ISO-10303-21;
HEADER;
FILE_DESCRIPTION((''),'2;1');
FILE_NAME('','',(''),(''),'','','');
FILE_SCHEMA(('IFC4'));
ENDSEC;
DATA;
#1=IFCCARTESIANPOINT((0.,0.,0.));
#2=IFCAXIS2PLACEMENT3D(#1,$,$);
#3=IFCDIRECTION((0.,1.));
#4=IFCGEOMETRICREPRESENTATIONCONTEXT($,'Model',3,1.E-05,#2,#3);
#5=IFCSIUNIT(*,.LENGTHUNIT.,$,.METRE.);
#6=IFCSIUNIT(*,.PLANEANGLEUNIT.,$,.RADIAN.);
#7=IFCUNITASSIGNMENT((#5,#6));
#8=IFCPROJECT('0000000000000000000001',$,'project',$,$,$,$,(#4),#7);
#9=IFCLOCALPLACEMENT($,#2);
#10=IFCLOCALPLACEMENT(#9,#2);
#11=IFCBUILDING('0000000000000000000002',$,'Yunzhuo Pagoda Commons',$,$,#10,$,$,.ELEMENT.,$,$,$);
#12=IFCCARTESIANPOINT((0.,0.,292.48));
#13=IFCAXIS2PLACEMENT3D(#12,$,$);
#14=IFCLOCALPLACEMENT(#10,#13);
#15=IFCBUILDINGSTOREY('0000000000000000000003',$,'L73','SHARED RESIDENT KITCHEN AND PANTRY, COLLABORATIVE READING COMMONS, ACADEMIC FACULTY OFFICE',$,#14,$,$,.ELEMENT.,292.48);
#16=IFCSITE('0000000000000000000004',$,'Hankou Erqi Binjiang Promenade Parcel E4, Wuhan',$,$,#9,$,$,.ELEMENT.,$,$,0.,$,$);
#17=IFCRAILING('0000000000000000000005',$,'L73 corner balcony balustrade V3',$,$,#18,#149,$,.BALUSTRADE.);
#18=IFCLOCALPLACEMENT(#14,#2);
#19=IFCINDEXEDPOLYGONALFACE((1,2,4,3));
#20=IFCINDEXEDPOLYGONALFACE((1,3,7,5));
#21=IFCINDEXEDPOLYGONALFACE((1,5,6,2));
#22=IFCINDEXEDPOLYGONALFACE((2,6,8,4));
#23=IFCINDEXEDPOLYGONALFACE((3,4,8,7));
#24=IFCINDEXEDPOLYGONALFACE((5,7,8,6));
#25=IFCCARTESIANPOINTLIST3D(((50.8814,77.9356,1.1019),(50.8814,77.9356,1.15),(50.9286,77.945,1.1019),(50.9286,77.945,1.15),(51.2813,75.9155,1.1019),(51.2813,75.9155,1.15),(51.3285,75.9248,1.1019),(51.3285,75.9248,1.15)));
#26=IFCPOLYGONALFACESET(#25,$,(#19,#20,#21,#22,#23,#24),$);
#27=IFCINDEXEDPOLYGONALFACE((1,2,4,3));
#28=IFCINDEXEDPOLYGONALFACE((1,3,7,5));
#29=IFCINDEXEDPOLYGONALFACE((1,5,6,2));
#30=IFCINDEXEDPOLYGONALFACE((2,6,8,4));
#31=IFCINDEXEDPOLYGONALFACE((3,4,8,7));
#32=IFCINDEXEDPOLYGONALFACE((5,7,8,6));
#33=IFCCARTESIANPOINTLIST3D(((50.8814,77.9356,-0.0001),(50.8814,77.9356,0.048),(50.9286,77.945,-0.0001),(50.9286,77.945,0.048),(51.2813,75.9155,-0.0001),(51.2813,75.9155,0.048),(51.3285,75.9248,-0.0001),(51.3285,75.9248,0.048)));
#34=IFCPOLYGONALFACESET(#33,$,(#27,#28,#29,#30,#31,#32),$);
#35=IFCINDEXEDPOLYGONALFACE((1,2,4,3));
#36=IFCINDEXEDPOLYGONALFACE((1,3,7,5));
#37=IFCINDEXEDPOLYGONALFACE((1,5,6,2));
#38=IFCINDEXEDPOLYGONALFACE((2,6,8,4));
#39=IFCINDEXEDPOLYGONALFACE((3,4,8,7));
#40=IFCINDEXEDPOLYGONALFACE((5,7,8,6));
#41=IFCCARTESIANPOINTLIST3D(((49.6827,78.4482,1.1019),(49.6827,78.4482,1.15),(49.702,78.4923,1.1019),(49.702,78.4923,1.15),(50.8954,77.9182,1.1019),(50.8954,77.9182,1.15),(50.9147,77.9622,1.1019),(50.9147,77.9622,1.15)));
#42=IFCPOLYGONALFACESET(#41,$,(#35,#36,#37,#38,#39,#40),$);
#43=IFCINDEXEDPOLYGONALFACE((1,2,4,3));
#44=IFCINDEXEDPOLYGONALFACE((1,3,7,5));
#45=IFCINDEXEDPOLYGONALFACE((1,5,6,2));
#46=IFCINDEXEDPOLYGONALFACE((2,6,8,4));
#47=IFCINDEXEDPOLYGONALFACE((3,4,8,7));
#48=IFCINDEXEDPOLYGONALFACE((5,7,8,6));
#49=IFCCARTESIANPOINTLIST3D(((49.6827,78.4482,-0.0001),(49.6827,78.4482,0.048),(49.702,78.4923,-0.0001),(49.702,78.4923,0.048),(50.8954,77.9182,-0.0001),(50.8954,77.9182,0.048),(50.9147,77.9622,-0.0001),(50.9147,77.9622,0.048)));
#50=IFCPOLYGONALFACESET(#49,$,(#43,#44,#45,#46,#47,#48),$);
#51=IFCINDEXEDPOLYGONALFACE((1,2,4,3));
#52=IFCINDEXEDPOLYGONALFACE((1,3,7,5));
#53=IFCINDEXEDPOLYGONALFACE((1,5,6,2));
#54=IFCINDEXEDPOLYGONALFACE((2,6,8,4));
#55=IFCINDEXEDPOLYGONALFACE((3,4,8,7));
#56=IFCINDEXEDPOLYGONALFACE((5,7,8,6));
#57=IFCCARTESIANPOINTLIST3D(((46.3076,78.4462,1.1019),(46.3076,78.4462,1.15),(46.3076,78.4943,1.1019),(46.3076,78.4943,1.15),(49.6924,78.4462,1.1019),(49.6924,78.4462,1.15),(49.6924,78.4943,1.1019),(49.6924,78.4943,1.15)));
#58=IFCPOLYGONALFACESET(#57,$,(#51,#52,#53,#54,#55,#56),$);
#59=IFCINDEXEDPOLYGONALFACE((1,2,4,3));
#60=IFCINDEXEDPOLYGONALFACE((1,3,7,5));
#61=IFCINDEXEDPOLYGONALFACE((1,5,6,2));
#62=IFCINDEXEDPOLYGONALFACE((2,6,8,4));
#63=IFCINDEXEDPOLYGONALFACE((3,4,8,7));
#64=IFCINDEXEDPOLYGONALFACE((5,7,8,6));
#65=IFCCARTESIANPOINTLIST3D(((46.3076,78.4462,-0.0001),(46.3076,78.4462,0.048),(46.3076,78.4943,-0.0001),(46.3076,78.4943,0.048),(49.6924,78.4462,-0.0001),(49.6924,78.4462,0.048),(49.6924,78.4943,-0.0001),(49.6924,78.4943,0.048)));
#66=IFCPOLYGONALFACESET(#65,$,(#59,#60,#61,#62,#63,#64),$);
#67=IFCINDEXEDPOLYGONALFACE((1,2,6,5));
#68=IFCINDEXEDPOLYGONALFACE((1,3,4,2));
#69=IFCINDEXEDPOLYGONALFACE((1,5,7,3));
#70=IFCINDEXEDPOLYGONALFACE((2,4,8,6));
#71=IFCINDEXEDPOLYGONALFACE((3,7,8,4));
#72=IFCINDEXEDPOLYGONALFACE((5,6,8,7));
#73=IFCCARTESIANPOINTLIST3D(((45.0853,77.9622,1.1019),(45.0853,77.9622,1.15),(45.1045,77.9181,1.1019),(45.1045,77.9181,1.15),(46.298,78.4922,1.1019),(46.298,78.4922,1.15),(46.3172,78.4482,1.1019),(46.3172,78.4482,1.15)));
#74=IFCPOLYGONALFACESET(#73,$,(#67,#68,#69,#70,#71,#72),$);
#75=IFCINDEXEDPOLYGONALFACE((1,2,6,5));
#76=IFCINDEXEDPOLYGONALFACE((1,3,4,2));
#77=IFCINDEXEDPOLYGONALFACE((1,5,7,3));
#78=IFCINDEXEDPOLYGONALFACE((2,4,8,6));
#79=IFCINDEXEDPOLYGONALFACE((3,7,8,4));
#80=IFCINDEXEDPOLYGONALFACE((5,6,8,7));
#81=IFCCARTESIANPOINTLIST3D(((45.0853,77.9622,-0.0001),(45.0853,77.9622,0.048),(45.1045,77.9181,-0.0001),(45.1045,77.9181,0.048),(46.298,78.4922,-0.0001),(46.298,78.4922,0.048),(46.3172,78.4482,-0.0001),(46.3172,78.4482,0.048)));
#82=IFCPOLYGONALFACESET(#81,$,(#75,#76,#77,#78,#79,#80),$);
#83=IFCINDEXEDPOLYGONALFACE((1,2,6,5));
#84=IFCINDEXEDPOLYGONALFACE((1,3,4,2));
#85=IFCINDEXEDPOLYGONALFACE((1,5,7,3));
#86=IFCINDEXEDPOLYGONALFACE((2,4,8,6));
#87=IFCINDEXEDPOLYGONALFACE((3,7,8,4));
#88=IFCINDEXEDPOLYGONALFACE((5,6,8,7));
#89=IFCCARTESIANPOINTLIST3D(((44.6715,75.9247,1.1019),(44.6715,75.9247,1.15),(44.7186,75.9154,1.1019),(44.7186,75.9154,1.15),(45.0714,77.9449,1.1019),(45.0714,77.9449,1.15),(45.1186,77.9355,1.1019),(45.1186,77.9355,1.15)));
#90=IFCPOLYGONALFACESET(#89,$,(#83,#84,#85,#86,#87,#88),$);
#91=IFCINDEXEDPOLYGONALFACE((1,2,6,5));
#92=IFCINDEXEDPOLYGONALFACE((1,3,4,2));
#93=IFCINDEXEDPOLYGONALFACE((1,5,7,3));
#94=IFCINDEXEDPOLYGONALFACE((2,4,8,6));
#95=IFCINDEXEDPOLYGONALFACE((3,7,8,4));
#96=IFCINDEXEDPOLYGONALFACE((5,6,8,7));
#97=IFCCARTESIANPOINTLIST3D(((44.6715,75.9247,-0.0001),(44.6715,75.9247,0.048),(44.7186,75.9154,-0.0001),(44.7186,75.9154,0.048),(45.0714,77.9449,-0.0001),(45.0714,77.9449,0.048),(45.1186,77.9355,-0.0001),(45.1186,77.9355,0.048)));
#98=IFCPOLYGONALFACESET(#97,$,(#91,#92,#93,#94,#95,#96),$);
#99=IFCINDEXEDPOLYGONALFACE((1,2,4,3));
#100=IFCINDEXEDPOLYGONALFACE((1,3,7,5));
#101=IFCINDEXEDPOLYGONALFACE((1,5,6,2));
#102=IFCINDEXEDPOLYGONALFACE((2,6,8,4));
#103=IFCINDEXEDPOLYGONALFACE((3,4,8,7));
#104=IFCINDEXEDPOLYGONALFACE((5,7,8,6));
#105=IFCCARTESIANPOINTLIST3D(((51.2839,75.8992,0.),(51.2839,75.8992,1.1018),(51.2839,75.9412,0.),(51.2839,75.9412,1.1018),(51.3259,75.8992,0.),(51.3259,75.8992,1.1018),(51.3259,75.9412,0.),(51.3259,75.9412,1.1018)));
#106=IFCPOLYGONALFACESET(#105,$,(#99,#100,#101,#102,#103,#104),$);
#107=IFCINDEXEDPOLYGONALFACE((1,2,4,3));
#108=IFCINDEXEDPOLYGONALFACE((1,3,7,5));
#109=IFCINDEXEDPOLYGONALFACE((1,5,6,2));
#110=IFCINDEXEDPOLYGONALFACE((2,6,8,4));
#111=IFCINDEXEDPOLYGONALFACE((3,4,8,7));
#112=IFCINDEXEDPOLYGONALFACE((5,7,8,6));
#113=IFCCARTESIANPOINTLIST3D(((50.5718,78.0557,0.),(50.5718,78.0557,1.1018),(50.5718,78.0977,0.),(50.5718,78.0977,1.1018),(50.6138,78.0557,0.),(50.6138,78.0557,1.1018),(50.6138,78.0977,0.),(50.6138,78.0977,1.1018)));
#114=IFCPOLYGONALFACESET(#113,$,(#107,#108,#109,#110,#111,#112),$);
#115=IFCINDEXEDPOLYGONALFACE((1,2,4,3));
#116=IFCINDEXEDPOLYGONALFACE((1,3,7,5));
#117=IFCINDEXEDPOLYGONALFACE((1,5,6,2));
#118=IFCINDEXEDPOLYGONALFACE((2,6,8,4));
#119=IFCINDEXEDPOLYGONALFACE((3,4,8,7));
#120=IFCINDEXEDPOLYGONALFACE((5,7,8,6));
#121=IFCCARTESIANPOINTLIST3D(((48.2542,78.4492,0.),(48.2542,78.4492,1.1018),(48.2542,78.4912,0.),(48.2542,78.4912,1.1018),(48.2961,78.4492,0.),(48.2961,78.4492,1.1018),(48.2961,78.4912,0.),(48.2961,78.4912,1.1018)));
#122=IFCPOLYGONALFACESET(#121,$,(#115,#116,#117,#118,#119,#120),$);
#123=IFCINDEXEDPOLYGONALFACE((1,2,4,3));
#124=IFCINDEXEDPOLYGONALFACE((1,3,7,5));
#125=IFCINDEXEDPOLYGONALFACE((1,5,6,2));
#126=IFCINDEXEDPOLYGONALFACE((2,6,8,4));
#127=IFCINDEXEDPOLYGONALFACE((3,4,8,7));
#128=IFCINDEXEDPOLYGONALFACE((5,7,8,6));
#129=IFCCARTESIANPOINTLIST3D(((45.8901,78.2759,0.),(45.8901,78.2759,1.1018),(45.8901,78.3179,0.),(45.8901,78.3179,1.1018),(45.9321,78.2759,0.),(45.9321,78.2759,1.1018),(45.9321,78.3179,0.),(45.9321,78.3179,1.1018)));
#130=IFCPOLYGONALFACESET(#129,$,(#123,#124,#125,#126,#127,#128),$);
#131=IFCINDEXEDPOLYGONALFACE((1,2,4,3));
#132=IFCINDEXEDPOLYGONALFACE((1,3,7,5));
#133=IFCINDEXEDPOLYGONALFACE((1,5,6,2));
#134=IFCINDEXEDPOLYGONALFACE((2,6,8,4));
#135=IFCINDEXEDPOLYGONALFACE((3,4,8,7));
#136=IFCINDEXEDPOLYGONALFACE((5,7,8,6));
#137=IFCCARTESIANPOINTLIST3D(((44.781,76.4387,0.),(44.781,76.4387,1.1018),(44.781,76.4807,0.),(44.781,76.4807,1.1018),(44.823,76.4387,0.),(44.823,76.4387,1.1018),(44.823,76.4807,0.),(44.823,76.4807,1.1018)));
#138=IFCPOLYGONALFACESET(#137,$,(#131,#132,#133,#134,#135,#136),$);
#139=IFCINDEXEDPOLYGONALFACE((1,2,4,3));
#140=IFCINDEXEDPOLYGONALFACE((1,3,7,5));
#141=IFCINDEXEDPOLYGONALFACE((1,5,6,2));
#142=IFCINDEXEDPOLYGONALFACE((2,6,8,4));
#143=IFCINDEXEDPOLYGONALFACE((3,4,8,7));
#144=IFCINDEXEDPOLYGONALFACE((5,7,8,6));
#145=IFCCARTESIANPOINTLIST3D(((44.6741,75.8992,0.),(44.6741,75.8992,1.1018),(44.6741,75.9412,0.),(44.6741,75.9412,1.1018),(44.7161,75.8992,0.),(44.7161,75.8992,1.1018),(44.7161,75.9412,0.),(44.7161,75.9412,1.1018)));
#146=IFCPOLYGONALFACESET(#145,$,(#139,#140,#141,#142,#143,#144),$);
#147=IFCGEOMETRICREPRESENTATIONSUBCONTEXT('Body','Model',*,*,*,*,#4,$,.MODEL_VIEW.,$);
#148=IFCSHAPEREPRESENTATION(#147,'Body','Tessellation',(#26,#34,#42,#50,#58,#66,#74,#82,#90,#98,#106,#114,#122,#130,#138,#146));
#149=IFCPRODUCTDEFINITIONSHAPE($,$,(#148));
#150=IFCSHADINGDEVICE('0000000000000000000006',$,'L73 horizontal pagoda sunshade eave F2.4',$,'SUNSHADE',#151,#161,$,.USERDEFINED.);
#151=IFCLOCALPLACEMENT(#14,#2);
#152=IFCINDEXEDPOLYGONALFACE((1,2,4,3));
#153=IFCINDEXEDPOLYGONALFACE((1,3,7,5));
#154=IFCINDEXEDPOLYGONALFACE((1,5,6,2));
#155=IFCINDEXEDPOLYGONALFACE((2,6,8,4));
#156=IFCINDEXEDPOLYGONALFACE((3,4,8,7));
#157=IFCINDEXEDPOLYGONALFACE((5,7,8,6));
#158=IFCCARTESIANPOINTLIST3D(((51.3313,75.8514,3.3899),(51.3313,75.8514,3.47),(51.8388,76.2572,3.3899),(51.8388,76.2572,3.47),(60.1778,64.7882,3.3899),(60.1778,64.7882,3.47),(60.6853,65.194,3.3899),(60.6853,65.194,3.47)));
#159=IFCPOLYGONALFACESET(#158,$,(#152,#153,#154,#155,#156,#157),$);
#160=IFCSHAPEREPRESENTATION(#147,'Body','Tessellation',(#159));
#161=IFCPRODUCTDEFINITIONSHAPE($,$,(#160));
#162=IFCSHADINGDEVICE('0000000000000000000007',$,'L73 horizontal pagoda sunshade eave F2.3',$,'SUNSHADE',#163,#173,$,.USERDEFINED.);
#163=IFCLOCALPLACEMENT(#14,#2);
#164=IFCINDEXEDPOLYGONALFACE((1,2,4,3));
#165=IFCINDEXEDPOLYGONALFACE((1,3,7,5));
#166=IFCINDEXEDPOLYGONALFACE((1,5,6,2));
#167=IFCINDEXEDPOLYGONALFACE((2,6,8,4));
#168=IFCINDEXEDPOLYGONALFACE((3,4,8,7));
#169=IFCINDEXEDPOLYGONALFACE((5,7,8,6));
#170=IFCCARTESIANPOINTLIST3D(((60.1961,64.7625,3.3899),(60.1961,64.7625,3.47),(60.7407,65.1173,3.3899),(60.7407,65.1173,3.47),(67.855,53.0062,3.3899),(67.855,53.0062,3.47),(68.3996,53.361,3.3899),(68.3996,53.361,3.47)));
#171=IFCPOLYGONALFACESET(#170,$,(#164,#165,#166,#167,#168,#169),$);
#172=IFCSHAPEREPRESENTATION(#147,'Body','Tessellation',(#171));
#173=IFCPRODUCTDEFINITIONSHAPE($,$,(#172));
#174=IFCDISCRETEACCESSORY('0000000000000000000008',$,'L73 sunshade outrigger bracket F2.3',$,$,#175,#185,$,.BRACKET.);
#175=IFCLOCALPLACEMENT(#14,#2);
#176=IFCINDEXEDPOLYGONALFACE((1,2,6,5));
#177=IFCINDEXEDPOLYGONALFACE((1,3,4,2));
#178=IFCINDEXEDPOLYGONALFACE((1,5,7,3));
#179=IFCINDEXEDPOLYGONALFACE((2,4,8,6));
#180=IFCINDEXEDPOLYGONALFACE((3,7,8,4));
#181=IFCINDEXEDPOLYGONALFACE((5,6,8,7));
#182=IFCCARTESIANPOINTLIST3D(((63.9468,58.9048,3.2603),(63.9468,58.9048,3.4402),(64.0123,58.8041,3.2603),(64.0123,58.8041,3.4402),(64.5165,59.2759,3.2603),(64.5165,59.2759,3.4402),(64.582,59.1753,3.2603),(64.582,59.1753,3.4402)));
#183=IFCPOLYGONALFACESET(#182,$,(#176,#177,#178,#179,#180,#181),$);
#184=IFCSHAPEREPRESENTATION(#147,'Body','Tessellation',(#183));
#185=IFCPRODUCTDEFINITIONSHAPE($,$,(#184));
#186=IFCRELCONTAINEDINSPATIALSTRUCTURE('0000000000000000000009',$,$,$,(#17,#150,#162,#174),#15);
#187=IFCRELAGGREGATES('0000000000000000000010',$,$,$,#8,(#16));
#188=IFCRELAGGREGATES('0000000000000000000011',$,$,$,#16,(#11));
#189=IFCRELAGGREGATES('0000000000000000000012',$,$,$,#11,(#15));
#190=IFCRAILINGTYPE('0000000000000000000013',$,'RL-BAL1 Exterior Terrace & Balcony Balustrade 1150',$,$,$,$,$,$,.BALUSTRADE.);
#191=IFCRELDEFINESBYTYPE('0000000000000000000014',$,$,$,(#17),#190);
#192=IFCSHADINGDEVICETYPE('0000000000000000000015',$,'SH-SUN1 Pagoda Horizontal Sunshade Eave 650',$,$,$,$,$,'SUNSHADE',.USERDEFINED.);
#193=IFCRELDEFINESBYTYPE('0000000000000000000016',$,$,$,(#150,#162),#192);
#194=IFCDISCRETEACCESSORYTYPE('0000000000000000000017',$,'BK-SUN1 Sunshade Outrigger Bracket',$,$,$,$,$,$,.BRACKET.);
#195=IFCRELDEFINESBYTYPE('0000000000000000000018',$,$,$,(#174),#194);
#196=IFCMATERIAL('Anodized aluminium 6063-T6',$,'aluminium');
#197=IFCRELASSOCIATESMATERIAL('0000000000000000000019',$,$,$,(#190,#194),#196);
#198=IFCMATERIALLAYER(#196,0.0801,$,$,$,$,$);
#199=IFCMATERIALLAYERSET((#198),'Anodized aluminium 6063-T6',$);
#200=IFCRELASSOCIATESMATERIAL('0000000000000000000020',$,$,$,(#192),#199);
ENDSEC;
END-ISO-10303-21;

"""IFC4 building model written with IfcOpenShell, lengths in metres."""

from ifc_helpers import new_model, si_unit, direction, frame, origin, origin_2d, place, context, subcontext, project, spatial, rectangle, extrude, source, transform, mapped, material, layer, layer_set, type_object, element, save


model = new_model("IFC4")

# Units and contexts
model_context = context("Model", 3, precision=1e-05, world=origin(), true_north=direction((0.0, 1.0)))
body_context = subcontext(model_context, "Body", "Model", "MODEL_VIEW")
ifc_project = project(units=[si_unit("LENGTHUNIT", "METRE"), si_unit("PLANEANGLEUNIT", "RADIAN")], contexts=[model_context])

# Site, building, storey
site_placement = place(None, origin())
site = spatial("IfcSite", under=ifc_project, at=site_placement, Name="Hankou Erqi Binjiang Promenade Parcel E4, Wuhan", CompositionType="ELEMENT", RefElevation=0.0)
building_placement = place(site_placement, origin())
building = spatial("IfcBuilding", under=site, at=building_placement, Name="Yunzhuo Pagoda Commons", CompositionType="ELEMENT")
storey_placement = place(building_placement, frame((0.0, 0.0, 292.48)))
storey = spatial("IfcBuildingStorey", under=building, at=storey_placement, Name="L73", Description="SHARED RESIDENT KITCHEN AND PANTRY, COLLABORATIVE READING COMMONS, ACADEMIC FACULTY OFFICE", CompositionType="ELEMENT", Elevation=292.48)

# Shared definitions
ifc_material_1 = material(Name="Anodized aluminium 6063-T6", Category="aluminium")

# Railing
railing_type = type_object("IfcRailingType", Name="RL-BAL1 Exterior Terrace & Balcony Balustrade 1150", PredefinedType="BALUSTRADE", material=ifc_material_1)
railing_placement = place(storey_placement, frame((51.3049, 75.9202, 0.0)))
element("IfcRailing", 1, at=railing_placement, inside=storey, type_object=railing_type, Name="L73 corner balcony balustrade V3", PredefinedType="BALUSTRADE", context=body_context, shape_type="SweptSolid", body=[
    extrude(rectangle(XDim=0.0481, YDim=0.0481, at=origin_2d()), frame((0.0, 0.0, 1.126), z_axis=(-0.194201, 0.980962, 0.0), x_axis=(-0.980962, -0.194201, 0.0)), (0.0, 0.0, 1.0), 2.0593),
    extrude(rectangle(XDim=0.0481, YDim=0.0481, at=origin_2d()), frame((0.0, 0.0, 0.0239), z_axis=(-0.194201, 0.980962, 0.0), x_axis=(-0.980962, -0.194201, 0.0)), (0.0, 0.0, 1.0), 2.0593),
    extrude(rectangle(XDim=0.0481, YDim=0.0481, at=origin_2d()), frame((-0.3999, 2.02, 1.126), z_axis=(-0.916297, 0.400499, 0.0), x_axis=(-0.400499, -0.916297, 0.0)), (0.0, 0.0, 1.0), 1.3235),
    extrude(rectangle(XDim=0.0481, YDim=0.0481, at=origin_2d()), frame((-0.3999, 2.02, 0.0239), z_axis=(-0.916297, 0.400499, 0.0), x_axis=(-0.400499, -0.916297, 0.0)), (0.0, 0.0, 1.0), 1.3235),
    extrude(rectangle(XDim=0.0481, YDim=0.0481, at=origin_2d()), frame((-1.6125, 2.55, 1.126), z_axis=(-1.0, 0.0, 0.0), x_axis=(0.0, -1.0, 0.0)), (0.0, 0.0, 1.0), 3.3848),
    extrude(rectangle(XDim=0.0481, YDim=0.0481, at=origin_2d()), frame((-1.6125, 2.55, 0.0239), z_axis=(-1.0, 0.0, 0.0), x_axis=(0.0, -1.0, 0.0)), (0.0, 0.0, 1.0), 3.3848),
    extrude(rectangle(XDim=0.0481, YDim=0.0481, at=origin_2d()), frame((-4.9973, 2.55, 1.126), z_axis=(-0.916297, -0.400499, 0.0), x_axis=(0.400499, -0.916297, 0.0)), (0.0, 0.0, 1.0), 1.3235),
    extrude(rectangle(XDim=0.0481, YDim=0.0481, at=origin_2d()), frame((-4.9973, 2.55, 0.0239), z_axis=(-0.916297, -0.400499, 0.0), x_axis=(0.400499, -0.916297, 0.0)), (0.0, 0.0, 1.0), 1.3235),
    extrude(rectangle(XDim=0.0481, YDim=0.0481, at=origin_2d()), frame((-6.21, 2.02, 1.126), z_axis=(-0.194201, -0.980962, 0.0), x_axis=(0.980962, -0.194201, 0.0)), (0.0, 0.0, 1.0), 2.0593),
    extrude(rectangle(XDim=0.0481, YDim=0.0481, at=origin_2d()), frame((-6.21, 2.02, 0.0239), z_axis=(-0.194201, -0.980962, 0.0), x_axis=(0.980962, -0.194201, 0.0)), (0.0, 0.0, 1.0), 2.0593),
    extrude(rectangle(XDim=0.042, YDim=0.042, at=origin_2d()), origin(), (0.0, 0.0, 1.0), 1.1018),
    extrude(rectangle(XDim=0.042, YDim=0.042, at=origin_2d()), frame((-0.7122, 2.1565, 0.0)), (0.0, 0.0, 1.0), 1.1018),
    extrude(rectangle(XDim=0.042, YDim=0.042, at=origin_2d()), frame((-3.0298, 2.55, 0.0)), (0.0, 0.0, 1.0), 1.1018),
    extrude(rectangle(XDim=0.042, YDim=0.042, at=origin_2d()), frame((-5.3938, 2.3767, 0.0)), (0.0, 0.0, 1.0), 1.1018),
    extrude(rectangle(XDim=0.042, YDim=0.042, at=origin_2d()), frame((-6.5029, 0.5396, 0.0)), (0.0, 0.0, 1.0), 1.1018),
    extrude(rectangle(XDim=0.042, YDim=0.042, at=origin_2d()), frame((-6.6099, 0.0, 0.0)), (0.0, 0.0, 1.0), 1.1018),
])

# Shading devices
ifc_layer_1 = layer(ifc_material_1, 0.0801)
ifc_layer_set_1 = layer_set([ifc_layer_1], Name="Anodized aluminium 6063-T6")
shading_device_type = type_object("IfcShadingDeviceType", Name="SH-SUN1 Pagoda Horizontal Sunshade Eave 650", ElementType="SUNSHADE", PredefinedType="USERDEFINED", material=ifc_layer_set_1)
shared_shape_1 = source(origin(), body_context, "Body", "SweptSolid", [
    extrude(rectangle(XDim=14.1653, YDim=0.6499, at=origin_2d()), origin(), (0.0, 0.0, 1.0), 0.0801),
])
shading_device_1_placement = place(storey_placement, frame((56.0083, 70.5227, 3.3899), z_axis=(0.0, 0.0, 1.0), x_axis=(-0.62452, 0.781008, 0.0)))
element("IfcShadingDevice", 2, at=shading_device_1_placement, inside=storey, type_object=shading_device_type, Name="L73 horizontal pagoda sunshade eave F2.4", ObjectType="SUNSHADE", PredefinedType="USERDEFINED", context=body_context, shape_type="MappedRepresentation", body=[
    mapped(shared_shape_1, transform((0.0, 0.0, 0.0), scale=1.0)),
])
shared_shape_2 = source(origin(), body_context, "Body", "SweptSolid", [
    extrude(rectangle(XDim=14.031, YDim=0.6499, at=origin_2d()), origin(), (0.0, 0.0, 1.0), 0.0801),
])
shading_device_2_placement = place(storey_placement, frame((64.2979, 59.0618, 3.3899), z_axis=(0.0, 0.0, 1.0), x_axis=(-0.545853, 0.837881, 0.0)))
element("IfcShadingDevice", 3, at=shading_device_2_placement, inside=storey, type_object=shading_device_type, Name="L73 horizontal pagoda sunshade eave F2.3", ObjectType="SUNSHADE", PredefinedType="USERDEFINED", context=body_context, shape_type="MappedRepresentation", body=[
    mapped(shared_shape_2, transform((0.0, 0.0, 0.0), scale=1.0)),
])

# Discrete accessory
discrete_accessory_type = type_object("IfcDiscreteAccessoryType", Name="BK-SUN1 Sunshade Outrigger Bracket", PredefinedType="BRACKET", material=ifc_material_1)
shared_shape_3 = source(origin(), body_context, "Body", "SweptSolid", [
    extrude(rectangle(XDim=0.1201, YDim=0.6799, at=origin_2d()), origin(), (0.0, 0.0, 1.0), 0.1799),
])
discrete_accessory_placement = place(storey_placement, frame((64.2644, 59.04, 3.2603), z_axis=(0.0, 0.0, 1.0), x_axis=(-0.545853, 0.837881, 0.0)))
element("IfcDiscreteAccessory", 4, at=discrete_accessory_placement, inside=storey, type_object=discrete_accessory_type, Name="L73 sunshade outrigger bracket F2.3", PredefinedType="BRACKET", context=body_context, shape_type="MappedRepresentation", body=[
    mapped(shared_shape_3, transform((0.0, 0.0, 0.0), scale=1.0)),
])

save(model, "model.ifc")
